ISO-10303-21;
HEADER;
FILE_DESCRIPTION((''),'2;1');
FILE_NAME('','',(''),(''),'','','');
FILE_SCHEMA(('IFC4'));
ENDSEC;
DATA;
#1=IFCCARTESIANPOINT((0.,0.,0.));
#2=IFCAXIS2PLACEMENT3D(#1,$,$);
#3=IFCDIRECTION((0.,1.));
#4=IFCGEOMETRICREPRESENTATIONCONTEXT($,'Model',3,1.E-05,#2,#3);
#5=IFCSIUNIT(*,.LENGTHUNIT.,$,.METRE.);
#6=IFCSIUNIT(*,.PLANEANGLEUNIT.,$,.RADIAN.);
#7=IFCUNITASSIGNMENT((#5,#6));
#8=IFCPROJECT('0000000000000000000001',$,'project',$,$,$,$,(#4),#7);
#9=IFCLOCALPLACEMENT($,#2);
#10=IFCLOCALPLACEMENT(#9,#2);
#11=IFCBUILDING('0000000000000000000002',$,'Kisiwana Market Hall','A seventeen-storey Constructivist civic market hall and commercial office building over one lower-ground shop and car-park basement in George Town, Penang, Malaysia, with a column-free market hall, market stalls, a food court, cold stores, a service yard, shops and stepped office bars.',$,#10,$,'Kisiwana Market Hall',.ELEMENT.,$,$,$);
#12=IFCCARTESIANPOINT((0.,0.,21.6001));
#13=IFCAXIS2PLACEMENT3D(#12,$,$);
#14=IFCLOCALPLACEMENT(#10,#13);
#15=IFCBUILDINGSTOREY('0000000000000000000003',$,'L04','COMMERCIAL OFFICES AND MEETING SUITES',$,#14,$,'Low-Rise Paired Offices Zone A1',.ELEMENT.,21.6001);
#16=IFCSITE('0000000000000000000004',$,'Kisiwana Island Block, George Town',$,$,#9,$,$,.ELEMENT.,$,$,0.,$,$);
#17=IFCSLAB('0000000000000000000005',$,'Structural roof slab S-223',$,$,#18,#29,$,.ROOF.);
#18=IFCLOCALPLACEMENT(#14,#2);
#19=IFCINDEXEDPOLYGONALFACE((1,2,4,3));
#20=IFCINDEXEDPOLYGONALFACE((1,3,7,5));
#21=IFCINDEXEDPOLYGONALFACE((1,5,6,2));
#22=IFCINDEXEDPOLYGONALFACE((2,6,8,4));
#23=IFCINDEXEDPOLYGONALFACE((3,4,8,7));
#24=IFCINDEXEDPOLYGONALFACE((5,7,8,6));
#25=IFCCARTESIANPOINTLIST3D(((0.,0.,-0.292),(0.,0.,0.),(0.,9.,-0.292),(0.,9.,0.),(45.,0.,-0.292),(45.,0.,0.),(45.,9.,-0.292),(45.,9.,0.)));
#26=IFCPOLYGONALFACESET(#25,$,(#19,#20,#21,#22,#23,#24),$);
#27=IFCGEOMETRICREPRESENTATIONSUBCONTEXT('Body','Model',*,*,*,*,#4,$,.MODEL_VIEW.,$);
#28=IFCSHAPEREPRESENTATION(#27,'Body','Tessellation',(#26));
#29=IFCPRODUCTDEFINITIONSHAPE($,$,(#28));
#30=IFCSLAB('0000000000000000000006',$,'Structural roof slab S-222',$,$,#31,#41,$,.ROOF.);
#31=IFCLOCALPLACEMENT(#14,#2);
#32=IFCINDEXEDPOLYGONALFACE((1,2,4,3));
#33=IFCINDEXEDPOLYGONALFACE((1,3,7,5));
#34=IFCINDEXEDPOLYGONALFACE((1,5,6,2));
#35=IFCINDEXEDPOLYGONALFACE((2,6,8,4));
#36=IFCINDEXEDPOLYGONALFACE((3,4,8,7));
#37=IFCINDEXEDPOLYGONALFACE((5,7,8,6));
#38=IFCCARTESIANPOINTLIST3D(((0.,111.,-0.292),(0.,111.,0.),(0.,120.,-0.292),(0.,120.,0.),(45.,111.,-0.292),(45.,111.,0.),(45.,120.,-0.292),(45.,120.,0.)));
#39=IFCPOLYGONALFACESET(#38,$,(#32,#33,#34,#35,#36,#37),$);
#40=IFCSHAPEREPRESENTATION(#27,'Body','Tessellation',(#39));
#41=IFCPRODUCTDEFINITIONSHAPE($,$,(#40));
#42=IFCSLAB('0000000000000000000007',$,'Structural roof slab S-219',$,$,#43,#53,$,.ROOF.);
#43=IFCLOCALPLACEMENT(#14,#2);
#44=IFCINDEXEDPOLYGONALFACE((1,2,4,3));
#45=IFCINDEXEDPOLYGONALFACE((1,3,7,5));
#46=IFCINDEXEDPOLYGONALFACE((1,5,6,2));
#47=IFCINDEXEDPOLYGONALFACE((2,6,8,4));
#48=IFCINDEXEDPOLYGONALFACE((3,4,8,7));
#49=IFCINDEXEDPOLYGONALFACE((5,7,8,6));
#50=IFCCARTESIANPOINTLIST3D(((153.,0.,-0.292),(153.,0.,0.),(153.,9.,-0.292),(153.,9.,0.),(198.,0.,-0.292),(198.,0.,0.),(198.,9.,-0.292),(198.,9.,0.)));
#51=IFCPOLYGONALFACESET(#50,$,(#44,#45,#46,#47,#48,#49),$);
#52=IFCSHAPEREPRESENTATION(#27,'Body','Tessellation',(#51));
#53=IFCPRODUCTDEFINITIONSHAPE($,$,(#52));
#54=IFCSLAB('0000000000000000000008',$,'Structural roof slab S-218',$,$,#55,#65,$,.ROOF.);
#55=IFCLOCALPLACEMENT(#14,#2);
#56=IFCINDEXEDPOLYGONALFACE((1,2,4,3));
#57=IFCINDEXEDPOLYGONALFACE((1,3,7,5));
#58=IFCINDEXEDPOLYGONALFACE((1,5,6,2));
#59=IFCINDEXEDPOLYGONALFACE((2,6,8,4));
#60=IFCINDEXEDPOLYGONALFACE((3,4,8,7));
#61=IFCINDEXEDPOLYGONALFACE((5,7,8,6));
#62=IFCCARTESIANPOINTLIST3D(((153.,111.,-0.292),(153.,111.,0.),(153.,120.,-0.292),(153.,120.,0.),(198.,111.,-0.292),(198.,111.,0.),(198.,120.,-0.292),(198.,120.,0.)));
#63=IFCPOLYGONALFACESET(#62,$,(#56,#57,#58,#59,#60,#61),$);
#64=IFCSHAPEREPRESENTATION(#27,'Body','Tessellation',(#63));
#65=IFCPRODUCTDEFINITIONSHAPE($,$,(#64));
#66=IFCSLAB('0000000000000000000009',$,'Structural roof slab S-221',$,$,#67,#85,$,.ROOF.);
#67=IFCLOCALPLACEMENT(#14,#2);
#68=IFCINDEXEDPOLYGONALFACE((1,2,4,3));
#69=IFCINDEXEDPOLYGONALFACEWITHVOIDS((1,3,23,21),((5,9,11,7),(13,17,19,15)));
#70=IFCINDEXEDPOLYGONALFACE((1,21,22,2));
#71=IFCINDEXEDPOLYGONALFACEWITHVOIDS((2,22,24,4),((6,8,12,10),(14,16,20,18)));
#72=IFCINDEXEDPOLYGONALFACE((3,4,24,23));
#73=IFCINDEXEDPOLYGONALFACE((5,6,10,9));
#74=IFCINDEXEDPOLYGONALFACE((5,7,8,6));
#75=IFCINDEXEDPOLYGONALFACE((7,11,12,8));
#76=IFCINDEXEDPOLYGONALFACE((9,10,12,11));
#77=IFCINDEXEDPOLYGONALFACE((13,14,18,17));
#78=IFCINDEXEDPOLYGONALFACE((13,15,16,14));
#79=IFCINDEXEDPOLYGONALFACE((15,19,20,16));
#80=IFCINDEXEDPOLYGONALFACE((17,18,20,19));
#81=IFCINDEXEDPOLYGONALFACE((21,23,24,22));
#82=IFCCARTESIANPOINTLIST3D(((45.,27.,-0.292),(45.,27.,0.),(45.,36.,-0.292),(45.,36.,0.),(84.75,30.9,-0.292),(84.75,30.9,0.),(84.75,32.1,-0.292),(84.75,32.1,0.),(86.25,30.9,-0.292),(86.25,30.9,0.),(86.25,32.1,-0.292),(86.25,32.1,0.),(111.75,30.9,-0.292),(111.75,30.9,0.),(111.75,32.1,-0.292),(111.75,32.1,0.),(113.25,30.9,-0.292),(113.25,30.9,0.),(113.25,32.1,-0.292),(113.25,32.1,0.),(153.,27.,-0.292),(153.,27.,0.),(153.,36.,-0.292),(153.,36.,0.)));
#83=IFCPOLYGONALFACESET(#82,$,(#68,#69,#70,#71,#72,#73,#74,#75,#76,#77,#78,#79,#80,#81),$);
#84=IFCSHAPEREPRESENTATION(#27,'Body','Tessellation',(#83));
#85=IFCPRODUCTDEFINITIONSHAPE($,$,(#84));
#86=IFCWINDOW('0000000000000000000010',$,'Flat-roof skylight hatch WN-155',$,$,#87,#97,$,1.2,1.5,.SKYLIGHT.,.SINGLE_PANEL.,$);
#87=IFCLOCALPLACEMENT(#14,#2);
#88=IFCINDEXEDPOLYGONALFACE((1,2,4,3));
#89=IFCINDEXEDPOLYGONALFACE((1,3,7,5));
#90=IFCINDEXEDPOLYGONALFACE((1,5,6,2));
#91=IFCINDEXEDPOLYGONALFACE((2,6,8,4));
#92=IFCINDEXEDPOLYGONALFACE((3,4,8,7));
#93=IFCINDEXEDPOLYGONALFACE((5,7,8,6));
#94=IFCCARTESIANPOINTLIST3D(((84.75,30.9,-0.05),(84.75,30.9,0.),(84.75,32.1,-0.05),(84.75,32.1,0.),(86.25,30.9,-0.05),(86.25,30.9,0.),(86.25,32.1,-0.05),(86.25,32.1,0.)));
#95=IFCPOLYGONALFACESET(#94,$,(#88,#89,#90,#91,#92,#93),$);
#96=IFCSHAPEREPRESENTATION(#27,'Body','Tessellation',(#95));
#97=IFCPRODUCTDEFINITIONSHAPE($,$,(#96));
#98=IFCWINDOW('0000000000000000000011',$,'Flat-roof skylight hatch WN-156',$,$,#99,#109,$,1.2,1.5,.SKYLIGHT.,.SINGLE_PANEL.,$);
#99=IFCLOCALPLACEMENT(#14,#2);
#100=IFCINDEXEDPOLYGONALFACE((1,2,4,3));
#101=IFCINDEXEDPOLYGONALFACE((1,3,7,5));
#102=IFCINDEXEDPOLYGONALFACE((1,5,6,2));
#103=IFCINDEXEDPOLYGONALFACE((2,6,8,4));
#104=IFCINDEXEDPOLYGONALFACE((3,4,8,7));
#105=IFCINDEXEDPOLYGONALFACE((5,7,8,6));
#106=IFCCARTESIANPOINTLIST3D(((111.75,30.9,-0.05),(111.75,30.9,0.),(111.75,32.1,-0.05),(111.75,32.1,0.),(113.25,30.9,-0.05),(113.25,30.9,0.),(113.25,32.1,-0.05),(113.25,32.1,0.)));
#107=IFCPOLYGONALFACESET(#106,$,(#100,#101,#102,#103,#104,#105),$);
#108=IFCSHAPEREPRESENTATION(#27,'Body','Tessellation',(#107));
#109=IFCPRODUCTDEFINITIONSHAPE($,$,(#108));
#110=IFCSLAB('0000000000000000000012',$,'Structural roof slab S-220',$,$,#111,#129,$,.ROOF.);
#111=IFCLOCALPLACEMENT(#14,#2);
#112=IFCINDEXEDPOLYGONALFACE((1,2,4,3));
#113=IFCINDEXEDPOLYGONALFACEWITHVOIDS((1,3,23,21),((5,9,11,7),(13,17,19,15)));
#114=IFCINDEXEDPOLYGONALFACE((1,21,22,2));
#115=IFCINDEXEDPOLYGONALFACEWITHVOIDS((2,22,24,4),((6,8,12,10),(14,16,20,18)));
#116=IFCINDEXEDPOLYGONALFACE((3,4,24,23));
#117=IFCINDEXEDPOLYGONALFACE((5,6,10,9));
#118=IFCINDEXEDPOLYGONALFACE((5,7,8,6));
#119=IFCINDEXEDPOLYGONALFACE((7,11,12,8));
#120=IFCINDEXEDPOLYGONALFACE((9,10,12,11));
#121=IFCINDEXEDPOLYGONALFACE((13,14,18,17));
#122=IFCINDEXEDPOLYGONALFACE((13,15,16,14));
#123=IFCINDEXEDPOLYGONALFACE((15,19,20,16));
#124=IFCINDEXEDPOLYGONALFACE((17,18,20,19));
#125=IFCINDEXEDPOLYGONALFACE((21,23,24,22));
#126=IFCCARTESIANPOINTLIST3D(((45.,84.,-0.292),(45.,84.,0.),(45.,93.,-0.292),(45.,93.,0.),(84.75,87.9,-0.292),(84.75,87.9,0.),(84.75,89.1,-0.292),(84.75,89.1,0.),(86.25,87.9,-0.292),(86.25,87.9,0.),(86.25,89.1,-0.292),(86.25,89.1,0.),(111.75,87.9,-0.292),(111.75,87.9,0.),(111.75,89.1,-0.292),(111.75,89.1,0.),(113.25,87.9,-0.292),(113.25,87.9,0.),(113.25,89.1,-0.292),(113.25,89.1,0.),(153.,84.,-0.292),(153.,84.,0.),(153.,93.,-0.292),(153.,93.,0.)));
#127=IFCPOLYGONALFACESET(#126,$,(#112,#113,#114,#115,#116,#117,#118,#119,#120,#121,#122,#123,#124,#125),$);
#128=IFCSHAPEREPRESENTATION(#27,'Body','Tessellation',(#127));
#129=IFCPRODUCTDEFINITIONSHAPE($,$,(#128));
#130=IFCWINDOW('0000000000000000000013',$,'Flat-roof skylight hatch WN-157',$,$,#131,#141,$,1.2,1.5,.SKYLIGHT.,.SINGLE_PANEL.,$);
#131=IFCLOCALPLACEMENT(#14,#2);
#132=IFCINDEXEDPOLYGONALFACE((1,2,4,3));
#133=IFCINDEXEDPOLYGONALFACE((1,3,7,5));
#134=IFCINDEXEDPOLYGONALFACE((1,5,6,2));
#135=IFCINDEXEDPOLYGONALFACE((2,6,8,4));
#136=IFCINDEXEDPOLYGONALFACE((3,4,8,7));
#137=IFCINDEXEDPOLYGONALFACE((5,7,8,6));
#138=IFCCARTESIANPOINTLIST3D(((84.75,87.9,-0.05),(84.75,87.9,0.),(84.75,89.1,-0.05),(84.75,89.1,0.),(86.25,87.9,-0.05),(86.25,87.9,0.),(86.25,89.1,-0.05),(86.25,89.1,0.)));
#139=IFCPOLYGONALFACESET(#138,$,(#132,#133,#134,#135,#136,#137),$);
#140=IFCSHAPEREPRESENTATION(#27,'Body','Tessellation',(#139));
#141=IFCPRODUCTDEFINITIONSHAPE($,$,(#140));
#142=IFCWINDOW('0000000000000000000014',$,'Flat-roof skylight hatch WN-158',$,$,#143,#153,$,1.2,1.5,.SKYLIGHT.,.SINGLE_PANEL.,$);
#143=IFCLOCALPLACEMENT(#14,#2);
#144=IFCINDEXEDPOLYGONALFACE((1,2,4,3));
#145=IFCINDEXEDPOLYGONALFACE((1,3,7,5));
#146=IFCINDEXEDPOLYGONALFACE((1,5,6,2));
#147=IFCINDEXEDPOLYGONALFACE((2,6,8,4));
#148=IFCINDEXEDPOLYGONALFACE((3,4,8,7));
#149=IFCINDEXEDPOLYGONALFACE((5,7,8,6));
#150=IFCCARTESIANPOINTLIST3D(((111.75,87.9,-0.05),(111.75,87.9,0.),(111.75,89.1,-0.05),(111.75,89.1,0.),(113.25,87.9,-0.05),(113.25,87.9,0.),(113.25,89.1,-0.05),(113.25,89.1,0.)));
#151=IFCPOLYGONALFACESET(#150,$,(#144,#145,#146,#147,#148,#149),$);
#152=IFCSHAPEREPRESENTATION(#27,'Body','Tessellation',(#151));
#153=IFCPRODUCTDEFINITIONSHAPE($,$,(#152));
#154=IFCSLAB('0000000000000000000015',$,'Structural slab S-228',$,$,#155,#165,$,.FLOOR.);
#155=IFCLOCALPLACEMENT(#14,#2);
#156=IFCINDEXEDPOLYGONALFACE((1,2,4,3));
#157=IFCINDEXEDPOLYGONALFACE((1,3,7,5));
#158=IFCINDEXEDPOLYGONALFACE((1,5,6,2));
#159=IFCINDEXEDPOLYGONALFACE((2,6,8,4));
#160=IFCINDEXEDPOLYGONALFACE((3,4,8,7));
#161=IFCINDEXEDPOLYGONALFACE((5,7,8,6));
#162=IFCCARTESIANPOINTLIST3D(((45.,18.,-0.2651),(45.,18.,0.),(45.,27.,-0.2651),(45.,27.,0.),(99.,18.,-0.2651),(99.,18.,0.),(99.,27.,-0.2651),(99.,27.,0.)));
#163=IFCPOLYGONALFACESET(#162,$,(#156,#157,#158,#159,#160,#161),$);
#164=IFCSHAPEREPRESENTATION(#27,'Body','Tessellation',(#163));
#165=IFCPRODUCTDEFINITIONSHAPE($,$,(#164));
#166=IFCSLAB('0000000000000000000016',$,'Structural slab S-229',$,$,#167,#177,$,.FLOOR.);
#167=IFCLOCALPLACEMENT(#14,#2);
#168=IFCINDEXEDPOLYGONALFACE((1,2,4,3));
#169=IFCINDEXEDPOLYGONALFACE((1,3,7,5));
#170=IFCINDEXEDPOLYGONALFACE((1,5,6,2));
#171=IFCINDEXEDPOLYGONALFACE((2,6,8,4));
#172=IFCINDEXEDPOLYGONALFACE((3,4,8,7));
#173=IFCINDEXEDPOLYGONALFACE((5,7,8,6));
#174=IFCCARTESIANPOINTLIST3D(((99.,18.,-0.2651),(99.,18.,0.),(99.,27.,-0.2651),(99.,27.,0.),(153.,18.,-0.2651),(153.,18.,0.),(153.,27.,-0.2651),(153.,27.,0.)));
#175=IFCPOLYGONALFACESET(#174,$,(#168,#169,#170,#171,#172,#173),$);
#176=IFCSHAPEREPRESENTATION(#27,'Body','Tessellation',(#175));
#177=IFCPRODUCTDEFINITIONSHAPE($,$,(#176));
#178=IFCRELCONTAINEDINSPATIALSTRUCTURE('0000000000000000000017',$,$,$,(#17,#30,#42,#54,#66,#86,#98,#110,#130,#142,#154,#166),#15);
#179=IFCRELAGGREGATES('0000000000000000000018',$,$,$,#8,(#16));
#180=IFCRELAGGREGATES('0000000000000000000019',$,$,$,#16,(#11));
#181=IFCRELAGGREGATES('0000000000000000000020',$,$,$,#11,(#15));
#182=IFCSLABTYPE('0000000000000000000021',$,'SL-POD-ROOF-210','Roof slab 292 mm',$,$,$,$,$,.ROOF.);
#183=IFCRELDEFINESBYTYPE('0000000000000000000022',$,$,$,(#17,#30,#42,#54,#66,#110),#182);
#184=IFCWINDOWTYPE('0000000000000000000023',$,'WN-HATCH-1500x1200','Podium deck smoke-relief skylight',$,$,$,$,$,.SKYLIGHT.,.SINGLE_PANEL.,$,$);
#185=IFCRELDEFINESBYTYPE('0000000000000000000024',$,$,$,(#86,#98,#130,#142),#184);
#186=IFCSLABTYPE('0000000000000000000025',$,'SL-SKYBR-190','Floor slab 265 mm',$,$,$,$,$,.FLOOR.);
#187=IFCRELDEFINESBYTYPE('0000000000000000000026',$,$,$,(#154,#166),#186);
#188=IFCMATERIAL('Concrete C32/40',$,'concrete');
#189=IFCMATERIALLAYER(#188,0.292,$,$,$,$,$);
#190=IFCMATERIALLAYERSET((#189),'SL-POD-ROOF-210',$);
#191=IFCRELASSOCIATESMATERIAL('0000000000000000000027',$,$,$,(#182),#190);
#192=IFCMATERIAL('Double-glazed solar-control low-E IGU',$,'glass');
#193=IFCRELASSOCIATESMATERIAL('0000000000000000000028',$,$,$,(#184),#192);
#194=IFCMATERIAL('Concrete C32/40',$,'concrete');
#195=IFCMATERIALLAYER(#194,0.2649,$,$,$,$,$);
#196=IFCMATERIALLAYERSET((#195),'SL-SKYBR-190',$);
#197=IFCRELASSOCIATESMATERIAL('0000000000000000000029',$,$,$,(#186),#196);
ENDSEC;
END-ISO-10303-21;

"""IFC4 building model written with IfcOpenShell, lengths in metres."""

from ifc_helpers import new_model, si_unit, direction, frame, origin, origin_2d, place, context, subcontext, project, spatial, polyline, rectangle, outline, extrude, material, layer, layer_set, type_object, element, fill, save


model = new_model("IFC4")

# Units and contexts
model_context = context("Model", 3, precision=1e-05, world=origin(), true_north=direction((0.0, 1.0)))
body_context = subcontext(model_context, "Body", "Model", "MODEL_VIEW")
ifc_project = project(units=[si_unit("LENGTHUNIT", "METRE"), si_unit("PLANEANGLEUNIT", "RADIAN")], contexts=[model_context])

# Site, building, storey
site_placement = place(None, origin())
site = spatial("IfcSite", under=ifc_project, at=site_placement, Name="Kisiwana Island Block, George Town", CompositionType="ELEMENT", RefElevation=0.0)
building_placement = place(site_placement, origin())
building = spatial("IfcBuilding", under=site, at=building_placement, Name="Kisiwana Market Hall", Description="A seventeen-storey Constructivist civic market hall and commercial office building over one lower-ground shop and car-park basement in George Town, Penang, Malaysia, with a column-free market hall, market stalls, a food court, cold stores, a service yard, shops and stepped office bars.", LongName="Kisiwana Market Hall", CompositionType="ELEMENT")
storey_placement = place(building_placement, frame((0.0, 0.0, 21.6001)))
storey = spatial("IfcBuildingStorey", under=building, at=storey_placement, Name="L04", Description="COMMERCIAL OFFICES AND MEETING SUITES", LongName="Low-Rise Paired Offices Zone A1", CompositionType="ELEMENT", Elevation=21.6001)

# Slabs
ifc_material_1 = material(Name="Concrete C32/40", Category="concrete")
ifc_layer_1 = layer(ifc_material_1, 0.292)
ifc_layer_set_1 = layer_set([ifc_layer_1], Name="SL-POD-ROOF-210")
slab_type_1 = type_object("IfcSlabType", Name="SL-POD-ROOF-210", Description="Roof slab 292 mm", PredefinedType="ROOF", material=ifc_layer_set_1)
slab_1_placement = place(storey_placement, frame((0.0, 0.0, -0.292)))
element("IfcSlab", 1, at=slab_1_placement, inside=storey, type_object=slab_type_1, Name="Structural roof slab S-223", PredefinedType="ROOF", context=body_context, shape_type="SweptSolid", body=[
    extrude(outline(polyline([(0.0, 0.0), (45.0, 0.0), (45.0, 9.0), (0.0, 9.0), (0.0, 0.0)])), origin(), (0.0, 0.0, 1.0), 0.292),
])
slab_2_placement = place(storey_placement, frame((0.0, 0.0, -0.292)))
element("IfcSlab", 2, at=slab_2_placement, inside=storey, type_object=slab_type_1, Name="Structural roof slab S-222", PredefinedType="ROOF", context=body_context, shape_type="SweptSolid", body=[
    extrude(outline(polyline([(0.0, 111.0), (45.0, 111.0), (45.0, 120.0), (0.0, 120.0), (0.0, 111.0)])), origin(), (0.0, 0.0, 1.0), 0.292),
])
slab_3_placement = place(storey_placement, frame((0.0, 0.0, -0.292)))
element("IfcSlab", 3, at=slab_3_placement, inside=storey, type_object=slab_type_1, Name="Structural roof slab S-219", PredefinedType="ROOF", context=body_context, shape_type="SweptSolid", body=[
    extrude(outline(polyline([(153.0, 0.0), (198.0, 0.0), (198.0, 9.0), (153.0, 9.0), (153.0, 0.0)])), origin(), (0.0, 0.0, 1.0), 0.292),
])
slab_4_placement = place(storey_placement, frame((0.0, 0.0, -0.292)))
element("IfcSlab", 4, at=slab_4_placement, inside=storey, type_object=slab_type_1, Name="Structural roof slab S-218", PredefinedType="ROOF", context=body_context, shape_type="SweptSolid", body=[
    extrude(outline(polyline([(153.0, 111.0), (198.0, 111.0), (198.0, 120.0), (153.0, 120.0), (153.0, 111.0)])), origin(), (0.0, 0.0, 1.0), 0.292),
])

# Slabs, openings, windows
slab_5_placement = place(storey_placement, frame((0.0, 0.0, -0.292)))
slab_5 = element("IfcSlab", 5, at=slab_5_placement, inside=storey, type_object=slab_type_1, Name="Structural roof slab S-221", PredefinedType="ROOF", context=body_context, shape_type="SweptSolid", body=[
    extrude(outline(polyline([(45.0, 27.0), (153.0, 27.0), (153.0, 36.0), (45.0, 36.0), (45.0, 27.0)])), origin(), (0.0, 0.0, 1.0), 0.292),
])
opening_1_placement = place(slab_5_placement, frame((85.5, 31.5, 0.0)))
opening_1 = element("IfcOpeningElement", 6, at=opening_1_placement, cuts=slab_5, PredefinedType="OPENING", context=body_context, shape_type="SweptSolid", body=[
    extrude(rectangle(XDim=1.5, YDim=1.2, at=origin_2d()), origin(), (0.0, 0.0, 1.0), 0.292),
])
opening_2_placement = place(slab_5_placement, frame((112.5, 31.5, 0.0)))
opening_2 = element("IfcOpeningElement", 7, at=opening_2_placement, cuts=slab_5, PredefinedType="OPENING", context=body_context, shape_type="SweptSolid", body=[
    extrude(rectangle(XDim=1.5, YDim=1.2, at=origin_2d()), origin(), (0.0, 0.0, 1.0), 0.292),
])
ifc_material_2 = material(Name="Double-glazed solar-control low-E IGU", Category="glass")
window_type = type_object("IfcWindowType", Name="WN-HATCH-1500x1200", Description="Podium deck smoke-relief skylight", PartitioningType="SINGLE_PANEL", PredefinedType="SKYLIGHT", material=ifc_material_2)
window_1_placement = place(opening_1_placement, frame((0.0, 0.0, 0.2419)))
window_1 = element("IfcWindow", 8, at=window_1_placement, inside=storey, type_object=window_type, Name="Flat-roof skylight hatch WN-155", OverallHeight=1.2, OverallWidth=1.5, PartitioningType="SINGLE_PANEL", PredefinedType="SKYLIGHT", context=body_context, shape_type="SweptSolid", body=[
    extrude(rectangle(XDim=1.5, YDim=1.2, at=origin_2d()), origin(), (0.0, 0.0, 1.0), 0.05),
])
fill(opening_1, window_1)
window_2_placement = place(opening_2_placement, frame((0.0, 0.0, 0.2419)))
window_2 = element("IfcWindow", 9, at=window_2_placement, inside=storey, type_object=window_type, Name="Flat-roof skylight hatch WN-156", OverallHeight=1.2, OverallWidth=1.5, PartitioningType="SINGLE_PANEL", PredefinedType="SKYLIGHT", context=body_context, shape_type="SweptSolid", body=[
    extrude(rectangle(XDim=1.5, YDim=1.2, at=origin_2d()), origin(), (0.0, 0.0, 1.0), 0.05),
])
fill(opening_2, window_2)
slab_6_placement = place(storey_placement, frame((0.0, 0.0, -0.292)))
slab_6 = element("IfcSlab", 10, at=slab_6_placement, inside=storey, type_object=slab_type_1, Name="Structural roof slab S-220", PredefinedType="ROOF", context=body_context, shape_type="SweptSolid", body=[
    extrude(outline(polyline([(45.0, 84.0), (153.0, 84.0), (153.0, 93.0), (45.0, 93.0), (45.0, 84.0)])), origin(), (0.0, 0.0, 1.0), 0.292),
])
opening_3_placement = place(slab_6_placement, frame((85.5, 88.5, 0.0)))
opening_3 = element("IfcOpeningElement", 11, at=opening_3_placement, cuts=slab_6, PredefinedType="OPENING", context=body_context, shape_type="SweptSolid", body=[
    extrude(rectangle(XDim=1.5, YDim=1.2, at=origin_2d()), origin(), (0.0, 0.0, 1.0), 0.292),
])
opening_4_placement = place(slab_6_placement, frame((112.5, 88.5, 0.0)))
opening_4 = element("IfcOpeningElement", 12, at=opening_4_placement, cuts=slab_6, PredefinedType="OPENING", context=body_context, shape_type="SweptSolid", body=[
    extrude(rectangle(XDim=1.5, YDim=1.2, at=origin_2d()), origin(), (0.0, 0.0, 1.0), 0.292),
])
window_3_placement = place(opening_3_placement, frame((0.0, 0.0, 0.2419)))
window_3 = element("IfcWindow", 13, at=window_3_placement, inside=storey, type_object=window_type, Name="Flat-roof skylight hatch WN-157", OverallHeight=1.2, OverallWidth=1.5, PartitioningType="SINGLE_PANEL", PredefinedType="SKYLIGHT", context=body_context, shape_type="SweptSolid", body=[
    extrude(rectangle(XDim=1.5, YDim=1.2, at=origin_2d()), origin(), (0.0, 0.0, 1.0), 0.05),
])
fill(opening_3, window_3)
window_4_placement = place(opening_4_placement, frame((0.0, 0.0, 0.2419)))
window_4 = element("IfcWindow", 14, at=window_4_placement, inside=storey, type_object=window_type, Name="Flat-roof skylight hatch WN-158", OverallHeight=1.2, OverallWidth=1.5, PartitioningType="SINGLE_PANEL", PredefinedType="SKYLIGHT", context=body_context, shape_type="SweptSolid", body=[
    extrude(rectangle(XDim=1.5, YDim=1.2, at=origin_2d()), origin(), (0.0, 0.0, 1.0), 0.05),
])
fill(opening_4, window_4)

# Slabs
ifc_material_3 = material(Name="Concrete C32/40", Category="concrete")
ifc_layer_2 = layer(ifc_material_3, 0.2649)
ifc_layer_set_2 = layer_set([ifc_layer_2], Name="SL-SKYBR-190")
slab_type_2 = type_object("IfcSlabType", Name="SL-SKYBR-190", Description="Floor slab 265 mm", PredefinedType="FLOOR", material=ifc_layer_set_2)
slab_7_placement = place(storey_placement, frame((0.0, 0.0, -0.2651)))
element("IfcSlab", 15, at=slab_7_placement, inside=storey, type_object=slab_type_2, Name="Structural slab S-228", PredefinedType="FLOOR", context=body_context, shape_type="SweptSolid", body=[
    extrude(outline(polyline([(45.0, 18.0), (99.0, 18.0), (99.0, 27.0), (45.0, 27.0), (45.0, 18.0)])), origin(), (0.0, 0.0, 1.0), 0.2651),
])
slab_8_placement = place(storey_placement, frame((0.0, 0.0, -0.2651)))
element("IfcSlab", 16, at=slab_8_placement, inside=storey, type_object=slab_type_2, Name="Structural slab S-229", PredefinedType="FLOOR", context=body_context, shape_type="SweptSolid", body=[
    extrude(outline(polyline([(99.0, 18.0), (153.0, 18.0), (153.0, 27.0), (99.0, 27.0), (99.0, 18.0)])), origin(), (0.0, 0.0, 1.0), 0.2651),
])

save(model, "model.ifc")
